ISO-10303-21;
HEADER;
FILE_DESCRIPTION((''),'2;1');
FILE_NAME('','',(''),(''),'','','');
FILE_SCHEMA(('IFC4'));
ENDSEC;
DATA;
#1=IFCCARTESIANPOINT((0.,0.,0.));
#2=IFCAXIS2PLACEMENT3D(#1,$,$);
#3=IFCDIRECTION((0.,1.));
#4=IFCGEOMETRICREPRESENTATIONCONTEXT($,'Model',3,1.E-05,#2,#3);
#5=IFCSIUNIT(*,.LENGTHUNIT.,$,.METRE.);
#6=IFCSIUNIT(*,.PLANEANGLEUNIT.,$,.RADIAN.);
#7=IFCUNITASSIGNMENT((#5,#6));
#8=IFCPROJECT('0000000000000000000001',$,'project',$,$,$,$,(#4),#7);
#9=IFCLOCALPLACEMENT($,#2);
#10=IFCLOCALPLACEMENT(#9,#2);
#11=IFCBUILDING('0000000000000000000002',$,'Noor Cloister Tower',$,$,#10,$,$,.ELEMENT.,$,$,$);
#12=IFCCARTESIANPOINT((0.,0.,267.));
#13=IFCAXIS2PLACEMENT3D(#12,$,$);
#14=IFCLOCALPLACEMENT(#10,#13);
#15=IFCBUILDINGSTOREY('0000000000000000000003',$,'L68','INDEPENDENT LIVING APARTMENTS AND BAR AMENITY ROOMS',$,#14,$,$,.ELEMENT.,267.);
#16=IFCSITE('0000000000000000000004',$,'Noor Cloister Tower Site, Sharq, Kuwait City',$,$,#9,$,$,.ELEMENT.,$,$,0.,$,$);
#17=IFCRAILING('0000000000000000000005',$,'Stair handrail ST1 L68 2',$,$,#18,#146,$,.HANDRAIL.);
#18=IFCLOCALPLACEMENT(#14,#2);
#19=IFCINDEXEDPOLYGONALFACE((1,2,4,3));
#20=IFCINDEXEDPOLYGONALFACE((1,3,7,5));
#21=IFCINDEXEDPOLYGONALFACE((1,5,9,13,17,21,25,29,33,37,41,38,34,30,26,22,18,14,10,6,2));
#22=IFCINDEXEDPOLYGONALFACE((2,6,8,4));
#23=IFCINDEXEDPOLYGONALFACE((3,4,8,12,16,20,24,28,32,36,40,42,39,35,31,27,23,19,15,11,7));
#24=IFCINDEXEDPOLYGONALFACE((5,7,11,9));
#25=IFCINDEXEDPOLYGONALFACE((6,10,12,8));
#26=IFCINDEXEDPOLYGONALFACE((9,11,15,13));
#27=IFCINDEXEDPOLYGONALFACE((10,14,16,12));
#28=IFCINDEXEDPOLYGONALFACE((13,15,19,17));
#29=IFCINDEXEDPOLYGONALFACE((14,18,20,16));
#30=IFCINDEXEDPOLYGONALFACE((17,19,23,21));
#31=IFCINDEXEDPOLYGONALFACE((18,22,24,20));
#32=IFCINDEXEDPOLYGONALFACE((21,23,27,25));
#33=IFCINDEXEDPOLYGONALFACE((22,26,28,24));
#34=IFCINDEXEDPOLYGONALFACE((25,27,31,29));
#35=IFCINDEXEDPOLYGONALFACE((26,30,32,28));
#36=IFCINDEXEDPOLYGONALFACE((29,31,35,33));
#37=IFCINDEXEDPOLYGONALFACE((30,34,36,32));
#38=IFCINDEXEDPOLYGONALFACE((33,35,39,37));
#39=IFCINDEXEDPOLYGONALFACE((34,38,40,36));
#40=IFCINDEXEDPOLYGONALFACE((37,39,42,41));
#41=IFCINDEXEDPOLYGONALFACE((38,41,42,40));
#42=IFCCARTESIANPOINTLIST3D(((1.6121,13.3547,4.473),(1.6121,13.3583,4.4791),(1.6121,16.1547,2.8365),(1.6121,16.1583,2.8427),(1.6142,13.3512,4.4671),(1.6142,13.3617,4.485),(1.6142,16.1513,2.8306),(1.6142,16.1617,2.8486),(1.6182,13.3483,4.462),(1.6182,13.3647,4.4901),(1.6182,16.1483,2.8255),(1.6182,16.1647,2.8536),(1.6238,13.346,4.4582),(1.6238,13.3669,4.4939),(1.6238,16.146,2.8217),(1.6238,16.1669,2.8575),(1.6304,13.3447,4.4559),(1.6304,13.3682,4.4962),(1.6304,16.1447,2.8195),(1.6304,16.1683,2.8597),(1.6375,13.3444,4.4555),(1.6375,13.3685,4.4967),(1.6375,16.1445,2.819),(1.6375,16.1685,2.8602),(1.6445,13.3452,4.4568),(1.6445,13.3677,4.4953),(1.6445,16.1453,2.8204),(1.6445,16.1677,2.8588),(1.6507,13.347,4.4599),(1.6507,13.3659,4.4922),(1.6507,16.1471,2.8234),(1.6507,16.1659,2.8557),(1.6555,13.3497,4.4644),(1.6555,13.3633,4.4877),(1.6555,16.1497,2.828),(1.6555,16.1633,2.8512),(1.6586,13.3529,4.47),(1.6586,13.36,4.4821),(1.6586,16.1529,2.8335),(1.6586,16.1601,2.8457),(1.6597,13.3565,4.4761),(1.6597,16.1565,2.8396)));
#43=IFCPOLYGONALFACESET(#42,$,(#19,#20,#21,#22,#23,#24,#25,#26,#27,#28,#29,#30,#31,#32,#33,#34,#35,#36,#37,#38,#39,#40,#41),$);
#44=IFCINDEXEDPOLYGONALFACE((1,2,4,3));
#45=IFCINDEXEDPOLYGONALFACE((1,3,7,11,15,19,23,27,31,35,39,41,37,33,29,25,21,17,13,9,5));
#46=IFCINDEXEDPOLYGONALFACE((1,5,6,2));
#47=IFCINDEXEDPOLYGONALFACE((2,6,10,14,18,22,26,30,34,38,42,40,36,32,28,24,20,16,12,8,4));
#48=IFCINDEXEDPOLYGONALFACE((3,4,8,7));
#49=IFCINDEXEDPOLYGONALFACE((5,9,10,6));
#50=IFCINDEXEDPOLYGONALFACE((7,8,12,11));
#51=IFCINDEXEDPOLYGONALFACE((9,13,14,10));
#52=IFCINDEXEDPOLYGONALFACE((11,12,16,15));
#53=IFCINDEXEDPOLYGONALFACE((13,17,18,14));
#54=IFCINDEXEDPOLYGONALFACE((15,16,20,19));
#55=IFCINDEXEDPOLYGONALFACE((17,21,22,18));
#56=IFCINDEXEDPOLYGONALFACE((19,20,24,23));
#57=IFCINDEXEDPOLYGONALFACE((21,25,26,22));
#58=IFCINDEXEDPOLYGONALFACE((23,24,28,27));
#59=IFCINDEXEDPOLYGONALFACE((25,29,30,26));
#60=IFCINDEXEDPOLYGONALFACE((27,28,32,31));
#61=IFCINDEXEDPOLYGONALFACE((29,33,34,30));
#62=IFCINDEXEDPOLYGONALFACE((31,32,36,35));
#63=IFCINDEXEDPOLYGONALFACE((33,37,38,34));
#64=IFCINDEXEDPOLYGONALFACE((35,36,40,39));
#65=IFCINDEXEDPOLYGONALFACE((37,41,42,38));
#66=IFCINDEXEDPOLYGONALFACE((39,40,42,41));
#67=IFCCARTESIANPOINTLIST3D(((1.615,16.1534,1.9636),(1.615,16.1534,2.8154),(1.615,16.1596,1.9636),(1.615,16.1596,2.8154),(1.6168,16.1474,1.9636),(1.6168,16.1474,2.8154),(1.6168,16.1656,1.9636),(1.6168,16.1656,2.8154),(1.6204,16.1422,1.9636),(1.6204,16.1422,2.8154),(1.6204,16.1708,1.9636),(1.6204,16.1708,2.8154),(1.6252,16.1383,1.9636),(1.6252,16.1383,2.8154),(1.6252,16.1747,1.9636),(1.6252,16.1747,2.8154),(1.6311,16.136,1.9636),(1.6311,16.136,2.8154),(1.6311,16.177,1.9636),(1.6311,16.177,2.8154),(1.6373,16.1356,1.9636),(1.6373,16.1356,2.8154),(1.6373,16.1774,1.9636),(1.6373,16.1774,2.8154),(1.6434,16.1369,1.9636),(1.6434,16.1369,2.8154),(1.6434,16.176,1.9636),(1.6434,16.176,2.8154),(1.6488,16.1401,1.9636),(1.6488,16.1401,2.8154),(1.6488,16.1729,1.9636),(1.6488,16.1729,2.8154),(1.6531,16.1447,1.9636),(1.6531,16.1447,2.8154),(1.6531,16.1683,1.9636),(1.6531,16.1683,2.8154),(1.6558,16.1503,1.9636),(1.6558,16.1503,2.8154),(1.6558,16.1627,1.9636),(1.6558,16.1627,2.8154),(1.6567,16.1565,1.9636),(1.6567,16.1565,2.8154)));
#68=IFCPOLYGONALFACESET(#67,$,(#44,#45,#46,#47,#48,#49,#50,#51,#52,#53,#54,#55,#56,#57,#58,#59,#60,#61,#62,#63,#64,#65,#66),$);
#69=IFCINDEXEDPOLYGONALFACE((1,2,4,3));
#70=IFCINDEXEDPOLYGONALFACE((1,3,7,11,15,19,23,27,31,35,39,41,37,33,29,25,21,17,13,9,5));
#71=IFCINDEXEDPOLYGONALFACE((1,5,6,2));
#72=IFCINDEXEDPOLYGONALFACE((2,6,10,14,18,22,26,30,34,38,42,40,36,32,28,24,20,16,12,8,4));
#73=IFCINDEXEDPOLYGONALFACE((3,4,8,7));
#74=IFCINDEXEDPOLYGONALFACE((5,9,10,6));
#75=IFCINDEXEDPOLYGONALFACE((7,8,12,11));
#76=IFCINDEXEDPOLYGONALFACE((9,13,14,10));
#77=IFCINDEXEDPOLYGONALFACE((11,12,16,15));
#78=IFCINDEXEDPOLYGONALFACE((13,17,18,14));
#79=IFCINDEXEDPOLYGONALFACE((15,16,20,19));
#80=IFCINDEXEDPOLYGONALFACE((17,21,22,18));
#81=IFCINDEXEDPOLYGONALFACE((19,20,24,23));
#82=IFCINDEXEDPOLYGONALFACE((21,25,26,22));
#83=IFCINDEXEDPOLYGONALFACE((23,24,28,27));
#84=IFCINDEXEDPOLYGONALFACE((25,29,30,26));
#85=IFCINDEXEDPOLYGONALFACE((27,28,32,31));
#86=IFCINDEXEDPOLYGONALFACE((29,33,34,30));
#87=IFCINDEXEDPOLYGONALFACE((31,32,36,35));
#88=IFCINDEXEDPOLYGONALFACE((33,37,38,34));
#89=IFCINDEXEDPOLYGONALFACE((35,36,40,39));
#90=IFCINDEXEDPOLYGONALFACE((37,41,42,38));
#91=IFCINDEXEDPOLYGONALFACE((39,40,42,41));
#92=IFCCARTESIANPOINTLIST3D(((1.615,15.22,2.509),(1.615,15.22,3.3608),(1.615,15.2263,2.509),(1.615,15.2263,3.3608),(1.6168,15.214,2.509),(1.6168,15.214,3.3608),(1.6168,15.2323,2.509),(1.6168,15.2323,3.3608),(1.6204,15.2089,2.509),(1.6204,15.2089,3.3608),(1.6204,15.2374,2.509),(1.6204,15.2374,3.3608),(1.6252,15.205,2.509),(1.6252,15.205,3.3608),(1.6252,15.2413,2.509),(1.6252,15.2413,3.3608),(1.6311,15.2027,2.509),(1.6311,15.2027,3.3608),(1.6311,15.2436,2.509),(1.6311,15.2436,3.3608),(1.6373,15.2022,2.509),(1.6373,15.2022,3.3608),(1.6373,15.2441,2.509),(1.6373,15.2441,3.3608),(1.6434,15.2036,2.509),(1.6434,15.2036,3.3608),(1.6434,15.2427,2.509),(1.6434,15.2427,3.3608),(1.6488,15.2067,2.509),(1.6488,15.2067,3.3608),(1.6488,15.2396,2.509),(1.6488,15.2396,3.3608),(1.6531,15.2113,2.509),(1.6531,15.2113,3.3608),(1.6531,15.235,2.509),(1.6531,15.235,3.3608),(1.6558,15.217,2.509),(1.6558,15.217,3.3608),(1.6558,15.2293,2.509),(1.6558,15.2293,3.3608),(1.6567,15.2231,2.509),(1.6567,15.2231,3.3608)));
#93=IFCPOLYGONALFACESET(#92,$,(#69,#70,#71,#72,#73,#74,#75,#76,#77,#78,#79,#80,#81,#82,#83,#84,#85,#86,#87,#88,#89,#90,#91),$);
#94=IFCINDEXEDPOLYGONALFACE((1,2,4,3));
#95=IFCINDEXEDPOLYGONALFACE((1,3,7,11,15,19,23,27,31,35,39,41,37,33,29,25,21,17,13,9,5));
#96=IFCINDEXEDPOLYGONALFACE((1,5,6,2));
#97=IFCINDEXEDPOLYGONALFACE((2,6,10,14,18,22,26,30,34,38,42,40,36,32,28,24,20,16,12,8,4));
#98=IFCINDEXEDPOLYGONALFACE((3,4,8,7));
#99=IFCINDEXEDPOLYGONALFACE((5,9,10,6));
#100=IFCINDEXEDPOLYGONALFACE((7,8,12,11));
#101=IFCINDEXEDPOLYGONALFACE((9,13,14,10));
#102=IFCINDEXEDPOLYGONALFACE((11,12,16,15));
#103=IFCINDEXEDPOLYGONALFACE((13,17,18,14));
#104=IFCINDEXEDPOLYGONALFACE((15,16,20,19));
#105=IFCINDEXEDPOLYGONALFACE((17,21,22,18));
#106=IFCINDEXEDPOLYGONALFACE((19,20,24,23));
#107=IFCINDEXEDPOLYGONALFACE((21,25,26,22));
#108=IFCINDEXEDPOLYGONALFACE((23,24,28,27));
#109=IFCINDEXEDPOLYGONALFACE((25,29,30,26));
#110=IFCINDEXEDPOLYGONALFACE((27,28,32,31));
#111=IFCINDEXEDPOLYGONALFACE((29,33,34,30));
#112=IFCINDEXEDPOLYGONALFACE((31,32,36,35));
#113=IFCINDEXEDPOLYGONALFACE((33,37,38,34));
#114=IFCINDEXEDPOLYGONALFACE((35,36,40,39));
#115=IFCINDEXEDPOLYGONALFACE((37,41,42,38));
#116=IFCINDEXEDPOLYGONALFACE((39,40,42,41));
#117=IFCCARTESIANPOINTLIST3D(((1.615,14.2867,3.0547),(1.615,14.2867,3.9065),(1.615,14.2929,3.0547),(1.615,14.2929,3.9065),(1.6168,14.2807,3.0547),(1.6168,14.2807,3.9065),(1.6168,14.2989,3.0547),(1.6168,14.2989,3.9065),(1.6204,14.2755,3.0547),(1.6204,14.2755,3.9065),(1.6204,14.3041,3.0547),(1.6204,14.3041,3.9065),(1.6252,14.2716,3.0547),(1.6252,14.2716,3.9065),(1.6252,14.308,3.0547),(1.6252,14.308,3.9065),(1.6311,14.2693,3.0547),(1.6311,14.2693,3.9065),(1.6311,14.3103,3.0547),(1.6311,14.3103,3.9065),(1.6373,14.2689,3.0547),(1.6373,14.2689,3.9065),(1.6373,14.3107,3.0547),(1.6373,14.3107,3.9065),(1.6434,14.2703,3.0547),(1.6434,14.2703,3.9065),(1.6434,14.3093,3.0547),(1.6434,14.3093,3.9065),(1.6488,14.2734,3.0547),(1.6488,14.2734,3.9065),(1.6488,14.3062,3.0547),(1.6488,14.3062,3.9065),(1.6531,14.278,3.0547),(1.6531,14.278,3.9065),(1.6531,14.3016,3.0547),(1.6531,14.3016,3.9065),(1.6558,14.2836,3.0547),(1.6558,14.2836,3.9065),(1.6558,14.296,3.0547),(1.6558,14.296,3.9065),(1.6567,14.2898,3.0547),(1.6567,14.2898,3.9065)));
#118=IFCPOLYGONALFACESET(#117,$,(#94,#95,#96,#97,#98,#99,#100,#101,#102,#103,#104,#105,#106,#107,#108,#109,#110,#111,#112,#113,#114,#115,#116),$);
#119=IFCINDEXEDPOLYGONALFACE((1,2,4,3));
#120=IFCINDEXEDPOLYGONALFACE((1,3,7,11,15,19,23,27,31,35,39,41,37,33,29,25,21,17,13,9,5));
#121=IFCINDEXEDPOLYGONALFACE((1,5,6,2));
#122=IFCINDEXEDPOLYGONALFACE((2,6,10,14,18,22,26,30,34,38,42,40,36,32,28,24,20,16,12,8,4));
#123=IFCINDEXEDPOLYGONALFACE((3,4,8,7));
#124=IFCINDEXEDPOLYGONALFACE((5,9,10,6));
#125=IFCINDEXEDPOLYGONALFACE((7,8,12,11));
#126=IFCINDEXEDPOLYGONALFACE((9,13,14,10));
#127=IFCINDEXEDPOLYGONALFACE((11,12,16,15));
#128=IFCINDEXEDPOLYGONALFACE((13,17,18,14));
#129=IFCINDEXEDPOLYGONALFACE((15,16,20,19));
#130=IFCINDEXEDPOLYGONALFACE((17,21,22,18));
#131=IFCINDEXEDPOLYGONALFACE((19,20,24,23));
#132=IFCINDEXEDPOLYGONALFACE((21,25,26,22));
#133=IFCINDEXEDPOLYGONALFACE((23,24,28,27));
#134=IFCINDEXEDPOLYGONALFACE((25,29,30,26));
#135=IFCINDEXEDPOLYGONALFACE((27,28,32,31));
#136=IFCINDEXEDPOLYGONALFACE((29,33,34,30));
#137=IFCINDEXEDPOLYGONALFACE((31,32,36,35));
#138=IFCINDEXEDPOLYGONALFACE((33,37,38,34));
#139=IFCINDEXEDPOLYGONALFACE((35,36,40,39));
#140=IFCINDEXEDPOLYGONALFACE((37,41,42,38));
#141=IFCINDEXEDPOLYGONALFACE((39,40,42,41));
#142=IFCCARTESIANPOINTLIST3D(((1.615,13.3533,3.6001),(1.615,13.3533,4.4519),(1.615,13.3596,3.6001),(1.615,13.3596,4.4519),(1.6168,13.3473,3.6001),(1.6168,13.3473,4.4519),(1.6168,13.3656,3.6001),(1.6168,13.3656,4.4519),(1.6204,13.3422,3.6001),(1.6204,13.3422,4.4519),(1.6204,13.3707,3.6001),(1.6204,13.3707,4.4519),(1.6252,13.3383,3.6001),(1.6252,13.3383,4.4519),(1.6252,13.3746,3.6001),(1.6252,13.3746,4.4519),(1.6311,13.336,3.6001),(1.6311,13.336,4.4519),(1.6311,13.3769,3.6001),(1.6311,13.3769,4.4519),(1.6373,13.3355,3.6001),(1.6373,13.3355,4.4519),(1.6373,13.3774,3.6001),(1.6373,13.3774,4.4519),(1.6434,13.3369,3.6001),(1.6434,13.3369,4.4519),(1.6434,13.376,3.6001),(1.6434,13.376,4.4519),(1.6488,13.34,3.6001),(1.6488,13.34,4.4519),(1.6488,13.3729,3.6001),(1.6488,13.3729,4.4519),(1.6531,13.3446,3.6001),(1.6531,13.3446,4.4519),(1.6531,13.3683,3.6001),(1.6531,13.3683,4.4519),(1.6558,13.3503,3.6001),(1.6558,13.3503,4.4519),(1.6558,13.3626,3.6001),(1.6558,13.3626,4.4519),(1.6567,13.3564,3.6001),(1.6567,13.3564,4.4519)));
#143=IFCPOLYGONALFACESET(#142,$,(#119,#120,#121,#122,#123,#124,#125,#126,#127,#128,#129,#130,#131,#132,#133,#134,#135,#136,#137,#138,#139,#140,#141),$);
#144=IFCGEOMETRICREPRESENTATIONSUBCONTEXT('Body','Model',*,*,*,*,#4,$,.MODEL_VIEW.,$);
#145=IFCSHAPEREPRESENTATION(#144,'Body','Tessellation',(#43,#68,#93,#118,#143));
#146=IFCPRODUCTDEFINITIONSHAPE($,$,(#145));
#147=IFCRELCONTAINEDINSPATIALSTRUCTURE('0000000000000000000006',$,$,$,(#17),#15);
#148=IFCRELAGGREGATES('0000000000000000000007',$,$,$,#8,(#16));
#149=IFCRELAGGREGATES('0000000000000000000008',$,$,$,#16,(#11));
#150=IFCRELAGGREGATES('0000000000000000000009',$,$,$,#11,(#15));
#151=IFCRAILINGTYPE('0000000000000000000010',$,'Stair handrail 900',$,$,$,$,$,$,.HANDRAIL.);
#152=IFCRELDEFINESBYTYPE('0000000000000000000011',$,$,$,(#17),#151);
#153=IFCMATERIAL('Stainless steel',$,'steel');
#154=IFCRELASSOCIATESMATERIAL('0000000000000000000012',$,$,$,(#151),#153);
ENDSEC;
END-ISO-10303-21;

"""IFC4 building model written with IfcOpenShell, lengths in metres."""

from ifc_helpers import new_model, si_unit, direction, frame, origin, origin_2d, place, context, subcontext, project, spatial, circle, extrude, material, type_object, element, save


model = new_model("IFC4")

# Units and contexts
model_context = context("Model", 3, precision=1e-05, world=origin(), true_north=direction((0.0, 1.0)))
body_context = subcontext(model_context, "Body", "Model", "MODEL_VIEW")
ifc_project = project(units=[si_unit("LENGTHUNIT", "METRE"), si_unit("PLANEANGLEUNIT", "RADIAN")], contexts=[model_context])

# Site, building, storey
site_placement = place(None, origin())
site = spatial("IfcSite", under=ifc_project, at=site_placement, Name="Noor Cloister Tower Site, Sharq, Kuwait City", CompositionType="ELEMENT", RefElevation=0.0)
building_placement = place(site_placement, origin())
building = spatial("IfcBuilding", under=site, at=building_placement, Name="Noor Cloister Tower", CompositionType="ELEMENT")
storey_placement = place(building_placement, frame((0.0, 0.0, 267.0)))
storey = spatial("IfcBuildingStorey", under=building, at=storey_placement, Name="L68", Description="INDEPENDENT LIVING APARTMENTS AND BAR AMENITY ROOMS", CompositionType="ELEMENT", Elevation=267.0)

# Railing
ifc_material_1 = material(Name="Stainless steel", Category="steel")
railing_type_1 = type_object("IfcRailingType", Name="Stair handrail 900", PredefinedType="HANDRAIL", material=ifc_material_1)
railing_1_placement = place(storey_placement, frame((1.6357, 16.1565, 1.9636)))
element("IfcRailing", 1, at=railing_1_placement, inside=storey, type_object=railing_type_1, Name="Stair handrail ST1 L68 2", PredefinedType="HANDRAIL", context=body_context, shape_type="SweptSolid", body=[
    extrude(circle(Radius=0.0239, at=origin_2d()), frame((0.0, 0.0, 0.876), z_axis=(0.0, -0.863361, 0.504587), x_axis=(1.0, 0.0, 0.0)), (0.0, 0.0, 1.0), 3.2432),
    extrude(circle(Radius=0.021, at=origin_2d()), origin(), (0.0, 0.0, 1.0), 0.8518),
    extrude(circle(Radius=0.021, at=origin_2d()), frame((0.0, -0.9333, 0.5454)), (0.0, 0.0, 1.0), 0.8518),
    extrude(circle(Radius=0.021, at=origin_2d()), frame((0.0, -1.8667, 1.0911)), (0.0, 0.0, 1.0), 0.8518),
    extrude(circle(Radius=0.021, at=origin_2d()), frame((0.0, -2.8, 1.6365)), (0.0, 0.0, 1.0), 0.8518),
])

save(model, "model.ifc")
